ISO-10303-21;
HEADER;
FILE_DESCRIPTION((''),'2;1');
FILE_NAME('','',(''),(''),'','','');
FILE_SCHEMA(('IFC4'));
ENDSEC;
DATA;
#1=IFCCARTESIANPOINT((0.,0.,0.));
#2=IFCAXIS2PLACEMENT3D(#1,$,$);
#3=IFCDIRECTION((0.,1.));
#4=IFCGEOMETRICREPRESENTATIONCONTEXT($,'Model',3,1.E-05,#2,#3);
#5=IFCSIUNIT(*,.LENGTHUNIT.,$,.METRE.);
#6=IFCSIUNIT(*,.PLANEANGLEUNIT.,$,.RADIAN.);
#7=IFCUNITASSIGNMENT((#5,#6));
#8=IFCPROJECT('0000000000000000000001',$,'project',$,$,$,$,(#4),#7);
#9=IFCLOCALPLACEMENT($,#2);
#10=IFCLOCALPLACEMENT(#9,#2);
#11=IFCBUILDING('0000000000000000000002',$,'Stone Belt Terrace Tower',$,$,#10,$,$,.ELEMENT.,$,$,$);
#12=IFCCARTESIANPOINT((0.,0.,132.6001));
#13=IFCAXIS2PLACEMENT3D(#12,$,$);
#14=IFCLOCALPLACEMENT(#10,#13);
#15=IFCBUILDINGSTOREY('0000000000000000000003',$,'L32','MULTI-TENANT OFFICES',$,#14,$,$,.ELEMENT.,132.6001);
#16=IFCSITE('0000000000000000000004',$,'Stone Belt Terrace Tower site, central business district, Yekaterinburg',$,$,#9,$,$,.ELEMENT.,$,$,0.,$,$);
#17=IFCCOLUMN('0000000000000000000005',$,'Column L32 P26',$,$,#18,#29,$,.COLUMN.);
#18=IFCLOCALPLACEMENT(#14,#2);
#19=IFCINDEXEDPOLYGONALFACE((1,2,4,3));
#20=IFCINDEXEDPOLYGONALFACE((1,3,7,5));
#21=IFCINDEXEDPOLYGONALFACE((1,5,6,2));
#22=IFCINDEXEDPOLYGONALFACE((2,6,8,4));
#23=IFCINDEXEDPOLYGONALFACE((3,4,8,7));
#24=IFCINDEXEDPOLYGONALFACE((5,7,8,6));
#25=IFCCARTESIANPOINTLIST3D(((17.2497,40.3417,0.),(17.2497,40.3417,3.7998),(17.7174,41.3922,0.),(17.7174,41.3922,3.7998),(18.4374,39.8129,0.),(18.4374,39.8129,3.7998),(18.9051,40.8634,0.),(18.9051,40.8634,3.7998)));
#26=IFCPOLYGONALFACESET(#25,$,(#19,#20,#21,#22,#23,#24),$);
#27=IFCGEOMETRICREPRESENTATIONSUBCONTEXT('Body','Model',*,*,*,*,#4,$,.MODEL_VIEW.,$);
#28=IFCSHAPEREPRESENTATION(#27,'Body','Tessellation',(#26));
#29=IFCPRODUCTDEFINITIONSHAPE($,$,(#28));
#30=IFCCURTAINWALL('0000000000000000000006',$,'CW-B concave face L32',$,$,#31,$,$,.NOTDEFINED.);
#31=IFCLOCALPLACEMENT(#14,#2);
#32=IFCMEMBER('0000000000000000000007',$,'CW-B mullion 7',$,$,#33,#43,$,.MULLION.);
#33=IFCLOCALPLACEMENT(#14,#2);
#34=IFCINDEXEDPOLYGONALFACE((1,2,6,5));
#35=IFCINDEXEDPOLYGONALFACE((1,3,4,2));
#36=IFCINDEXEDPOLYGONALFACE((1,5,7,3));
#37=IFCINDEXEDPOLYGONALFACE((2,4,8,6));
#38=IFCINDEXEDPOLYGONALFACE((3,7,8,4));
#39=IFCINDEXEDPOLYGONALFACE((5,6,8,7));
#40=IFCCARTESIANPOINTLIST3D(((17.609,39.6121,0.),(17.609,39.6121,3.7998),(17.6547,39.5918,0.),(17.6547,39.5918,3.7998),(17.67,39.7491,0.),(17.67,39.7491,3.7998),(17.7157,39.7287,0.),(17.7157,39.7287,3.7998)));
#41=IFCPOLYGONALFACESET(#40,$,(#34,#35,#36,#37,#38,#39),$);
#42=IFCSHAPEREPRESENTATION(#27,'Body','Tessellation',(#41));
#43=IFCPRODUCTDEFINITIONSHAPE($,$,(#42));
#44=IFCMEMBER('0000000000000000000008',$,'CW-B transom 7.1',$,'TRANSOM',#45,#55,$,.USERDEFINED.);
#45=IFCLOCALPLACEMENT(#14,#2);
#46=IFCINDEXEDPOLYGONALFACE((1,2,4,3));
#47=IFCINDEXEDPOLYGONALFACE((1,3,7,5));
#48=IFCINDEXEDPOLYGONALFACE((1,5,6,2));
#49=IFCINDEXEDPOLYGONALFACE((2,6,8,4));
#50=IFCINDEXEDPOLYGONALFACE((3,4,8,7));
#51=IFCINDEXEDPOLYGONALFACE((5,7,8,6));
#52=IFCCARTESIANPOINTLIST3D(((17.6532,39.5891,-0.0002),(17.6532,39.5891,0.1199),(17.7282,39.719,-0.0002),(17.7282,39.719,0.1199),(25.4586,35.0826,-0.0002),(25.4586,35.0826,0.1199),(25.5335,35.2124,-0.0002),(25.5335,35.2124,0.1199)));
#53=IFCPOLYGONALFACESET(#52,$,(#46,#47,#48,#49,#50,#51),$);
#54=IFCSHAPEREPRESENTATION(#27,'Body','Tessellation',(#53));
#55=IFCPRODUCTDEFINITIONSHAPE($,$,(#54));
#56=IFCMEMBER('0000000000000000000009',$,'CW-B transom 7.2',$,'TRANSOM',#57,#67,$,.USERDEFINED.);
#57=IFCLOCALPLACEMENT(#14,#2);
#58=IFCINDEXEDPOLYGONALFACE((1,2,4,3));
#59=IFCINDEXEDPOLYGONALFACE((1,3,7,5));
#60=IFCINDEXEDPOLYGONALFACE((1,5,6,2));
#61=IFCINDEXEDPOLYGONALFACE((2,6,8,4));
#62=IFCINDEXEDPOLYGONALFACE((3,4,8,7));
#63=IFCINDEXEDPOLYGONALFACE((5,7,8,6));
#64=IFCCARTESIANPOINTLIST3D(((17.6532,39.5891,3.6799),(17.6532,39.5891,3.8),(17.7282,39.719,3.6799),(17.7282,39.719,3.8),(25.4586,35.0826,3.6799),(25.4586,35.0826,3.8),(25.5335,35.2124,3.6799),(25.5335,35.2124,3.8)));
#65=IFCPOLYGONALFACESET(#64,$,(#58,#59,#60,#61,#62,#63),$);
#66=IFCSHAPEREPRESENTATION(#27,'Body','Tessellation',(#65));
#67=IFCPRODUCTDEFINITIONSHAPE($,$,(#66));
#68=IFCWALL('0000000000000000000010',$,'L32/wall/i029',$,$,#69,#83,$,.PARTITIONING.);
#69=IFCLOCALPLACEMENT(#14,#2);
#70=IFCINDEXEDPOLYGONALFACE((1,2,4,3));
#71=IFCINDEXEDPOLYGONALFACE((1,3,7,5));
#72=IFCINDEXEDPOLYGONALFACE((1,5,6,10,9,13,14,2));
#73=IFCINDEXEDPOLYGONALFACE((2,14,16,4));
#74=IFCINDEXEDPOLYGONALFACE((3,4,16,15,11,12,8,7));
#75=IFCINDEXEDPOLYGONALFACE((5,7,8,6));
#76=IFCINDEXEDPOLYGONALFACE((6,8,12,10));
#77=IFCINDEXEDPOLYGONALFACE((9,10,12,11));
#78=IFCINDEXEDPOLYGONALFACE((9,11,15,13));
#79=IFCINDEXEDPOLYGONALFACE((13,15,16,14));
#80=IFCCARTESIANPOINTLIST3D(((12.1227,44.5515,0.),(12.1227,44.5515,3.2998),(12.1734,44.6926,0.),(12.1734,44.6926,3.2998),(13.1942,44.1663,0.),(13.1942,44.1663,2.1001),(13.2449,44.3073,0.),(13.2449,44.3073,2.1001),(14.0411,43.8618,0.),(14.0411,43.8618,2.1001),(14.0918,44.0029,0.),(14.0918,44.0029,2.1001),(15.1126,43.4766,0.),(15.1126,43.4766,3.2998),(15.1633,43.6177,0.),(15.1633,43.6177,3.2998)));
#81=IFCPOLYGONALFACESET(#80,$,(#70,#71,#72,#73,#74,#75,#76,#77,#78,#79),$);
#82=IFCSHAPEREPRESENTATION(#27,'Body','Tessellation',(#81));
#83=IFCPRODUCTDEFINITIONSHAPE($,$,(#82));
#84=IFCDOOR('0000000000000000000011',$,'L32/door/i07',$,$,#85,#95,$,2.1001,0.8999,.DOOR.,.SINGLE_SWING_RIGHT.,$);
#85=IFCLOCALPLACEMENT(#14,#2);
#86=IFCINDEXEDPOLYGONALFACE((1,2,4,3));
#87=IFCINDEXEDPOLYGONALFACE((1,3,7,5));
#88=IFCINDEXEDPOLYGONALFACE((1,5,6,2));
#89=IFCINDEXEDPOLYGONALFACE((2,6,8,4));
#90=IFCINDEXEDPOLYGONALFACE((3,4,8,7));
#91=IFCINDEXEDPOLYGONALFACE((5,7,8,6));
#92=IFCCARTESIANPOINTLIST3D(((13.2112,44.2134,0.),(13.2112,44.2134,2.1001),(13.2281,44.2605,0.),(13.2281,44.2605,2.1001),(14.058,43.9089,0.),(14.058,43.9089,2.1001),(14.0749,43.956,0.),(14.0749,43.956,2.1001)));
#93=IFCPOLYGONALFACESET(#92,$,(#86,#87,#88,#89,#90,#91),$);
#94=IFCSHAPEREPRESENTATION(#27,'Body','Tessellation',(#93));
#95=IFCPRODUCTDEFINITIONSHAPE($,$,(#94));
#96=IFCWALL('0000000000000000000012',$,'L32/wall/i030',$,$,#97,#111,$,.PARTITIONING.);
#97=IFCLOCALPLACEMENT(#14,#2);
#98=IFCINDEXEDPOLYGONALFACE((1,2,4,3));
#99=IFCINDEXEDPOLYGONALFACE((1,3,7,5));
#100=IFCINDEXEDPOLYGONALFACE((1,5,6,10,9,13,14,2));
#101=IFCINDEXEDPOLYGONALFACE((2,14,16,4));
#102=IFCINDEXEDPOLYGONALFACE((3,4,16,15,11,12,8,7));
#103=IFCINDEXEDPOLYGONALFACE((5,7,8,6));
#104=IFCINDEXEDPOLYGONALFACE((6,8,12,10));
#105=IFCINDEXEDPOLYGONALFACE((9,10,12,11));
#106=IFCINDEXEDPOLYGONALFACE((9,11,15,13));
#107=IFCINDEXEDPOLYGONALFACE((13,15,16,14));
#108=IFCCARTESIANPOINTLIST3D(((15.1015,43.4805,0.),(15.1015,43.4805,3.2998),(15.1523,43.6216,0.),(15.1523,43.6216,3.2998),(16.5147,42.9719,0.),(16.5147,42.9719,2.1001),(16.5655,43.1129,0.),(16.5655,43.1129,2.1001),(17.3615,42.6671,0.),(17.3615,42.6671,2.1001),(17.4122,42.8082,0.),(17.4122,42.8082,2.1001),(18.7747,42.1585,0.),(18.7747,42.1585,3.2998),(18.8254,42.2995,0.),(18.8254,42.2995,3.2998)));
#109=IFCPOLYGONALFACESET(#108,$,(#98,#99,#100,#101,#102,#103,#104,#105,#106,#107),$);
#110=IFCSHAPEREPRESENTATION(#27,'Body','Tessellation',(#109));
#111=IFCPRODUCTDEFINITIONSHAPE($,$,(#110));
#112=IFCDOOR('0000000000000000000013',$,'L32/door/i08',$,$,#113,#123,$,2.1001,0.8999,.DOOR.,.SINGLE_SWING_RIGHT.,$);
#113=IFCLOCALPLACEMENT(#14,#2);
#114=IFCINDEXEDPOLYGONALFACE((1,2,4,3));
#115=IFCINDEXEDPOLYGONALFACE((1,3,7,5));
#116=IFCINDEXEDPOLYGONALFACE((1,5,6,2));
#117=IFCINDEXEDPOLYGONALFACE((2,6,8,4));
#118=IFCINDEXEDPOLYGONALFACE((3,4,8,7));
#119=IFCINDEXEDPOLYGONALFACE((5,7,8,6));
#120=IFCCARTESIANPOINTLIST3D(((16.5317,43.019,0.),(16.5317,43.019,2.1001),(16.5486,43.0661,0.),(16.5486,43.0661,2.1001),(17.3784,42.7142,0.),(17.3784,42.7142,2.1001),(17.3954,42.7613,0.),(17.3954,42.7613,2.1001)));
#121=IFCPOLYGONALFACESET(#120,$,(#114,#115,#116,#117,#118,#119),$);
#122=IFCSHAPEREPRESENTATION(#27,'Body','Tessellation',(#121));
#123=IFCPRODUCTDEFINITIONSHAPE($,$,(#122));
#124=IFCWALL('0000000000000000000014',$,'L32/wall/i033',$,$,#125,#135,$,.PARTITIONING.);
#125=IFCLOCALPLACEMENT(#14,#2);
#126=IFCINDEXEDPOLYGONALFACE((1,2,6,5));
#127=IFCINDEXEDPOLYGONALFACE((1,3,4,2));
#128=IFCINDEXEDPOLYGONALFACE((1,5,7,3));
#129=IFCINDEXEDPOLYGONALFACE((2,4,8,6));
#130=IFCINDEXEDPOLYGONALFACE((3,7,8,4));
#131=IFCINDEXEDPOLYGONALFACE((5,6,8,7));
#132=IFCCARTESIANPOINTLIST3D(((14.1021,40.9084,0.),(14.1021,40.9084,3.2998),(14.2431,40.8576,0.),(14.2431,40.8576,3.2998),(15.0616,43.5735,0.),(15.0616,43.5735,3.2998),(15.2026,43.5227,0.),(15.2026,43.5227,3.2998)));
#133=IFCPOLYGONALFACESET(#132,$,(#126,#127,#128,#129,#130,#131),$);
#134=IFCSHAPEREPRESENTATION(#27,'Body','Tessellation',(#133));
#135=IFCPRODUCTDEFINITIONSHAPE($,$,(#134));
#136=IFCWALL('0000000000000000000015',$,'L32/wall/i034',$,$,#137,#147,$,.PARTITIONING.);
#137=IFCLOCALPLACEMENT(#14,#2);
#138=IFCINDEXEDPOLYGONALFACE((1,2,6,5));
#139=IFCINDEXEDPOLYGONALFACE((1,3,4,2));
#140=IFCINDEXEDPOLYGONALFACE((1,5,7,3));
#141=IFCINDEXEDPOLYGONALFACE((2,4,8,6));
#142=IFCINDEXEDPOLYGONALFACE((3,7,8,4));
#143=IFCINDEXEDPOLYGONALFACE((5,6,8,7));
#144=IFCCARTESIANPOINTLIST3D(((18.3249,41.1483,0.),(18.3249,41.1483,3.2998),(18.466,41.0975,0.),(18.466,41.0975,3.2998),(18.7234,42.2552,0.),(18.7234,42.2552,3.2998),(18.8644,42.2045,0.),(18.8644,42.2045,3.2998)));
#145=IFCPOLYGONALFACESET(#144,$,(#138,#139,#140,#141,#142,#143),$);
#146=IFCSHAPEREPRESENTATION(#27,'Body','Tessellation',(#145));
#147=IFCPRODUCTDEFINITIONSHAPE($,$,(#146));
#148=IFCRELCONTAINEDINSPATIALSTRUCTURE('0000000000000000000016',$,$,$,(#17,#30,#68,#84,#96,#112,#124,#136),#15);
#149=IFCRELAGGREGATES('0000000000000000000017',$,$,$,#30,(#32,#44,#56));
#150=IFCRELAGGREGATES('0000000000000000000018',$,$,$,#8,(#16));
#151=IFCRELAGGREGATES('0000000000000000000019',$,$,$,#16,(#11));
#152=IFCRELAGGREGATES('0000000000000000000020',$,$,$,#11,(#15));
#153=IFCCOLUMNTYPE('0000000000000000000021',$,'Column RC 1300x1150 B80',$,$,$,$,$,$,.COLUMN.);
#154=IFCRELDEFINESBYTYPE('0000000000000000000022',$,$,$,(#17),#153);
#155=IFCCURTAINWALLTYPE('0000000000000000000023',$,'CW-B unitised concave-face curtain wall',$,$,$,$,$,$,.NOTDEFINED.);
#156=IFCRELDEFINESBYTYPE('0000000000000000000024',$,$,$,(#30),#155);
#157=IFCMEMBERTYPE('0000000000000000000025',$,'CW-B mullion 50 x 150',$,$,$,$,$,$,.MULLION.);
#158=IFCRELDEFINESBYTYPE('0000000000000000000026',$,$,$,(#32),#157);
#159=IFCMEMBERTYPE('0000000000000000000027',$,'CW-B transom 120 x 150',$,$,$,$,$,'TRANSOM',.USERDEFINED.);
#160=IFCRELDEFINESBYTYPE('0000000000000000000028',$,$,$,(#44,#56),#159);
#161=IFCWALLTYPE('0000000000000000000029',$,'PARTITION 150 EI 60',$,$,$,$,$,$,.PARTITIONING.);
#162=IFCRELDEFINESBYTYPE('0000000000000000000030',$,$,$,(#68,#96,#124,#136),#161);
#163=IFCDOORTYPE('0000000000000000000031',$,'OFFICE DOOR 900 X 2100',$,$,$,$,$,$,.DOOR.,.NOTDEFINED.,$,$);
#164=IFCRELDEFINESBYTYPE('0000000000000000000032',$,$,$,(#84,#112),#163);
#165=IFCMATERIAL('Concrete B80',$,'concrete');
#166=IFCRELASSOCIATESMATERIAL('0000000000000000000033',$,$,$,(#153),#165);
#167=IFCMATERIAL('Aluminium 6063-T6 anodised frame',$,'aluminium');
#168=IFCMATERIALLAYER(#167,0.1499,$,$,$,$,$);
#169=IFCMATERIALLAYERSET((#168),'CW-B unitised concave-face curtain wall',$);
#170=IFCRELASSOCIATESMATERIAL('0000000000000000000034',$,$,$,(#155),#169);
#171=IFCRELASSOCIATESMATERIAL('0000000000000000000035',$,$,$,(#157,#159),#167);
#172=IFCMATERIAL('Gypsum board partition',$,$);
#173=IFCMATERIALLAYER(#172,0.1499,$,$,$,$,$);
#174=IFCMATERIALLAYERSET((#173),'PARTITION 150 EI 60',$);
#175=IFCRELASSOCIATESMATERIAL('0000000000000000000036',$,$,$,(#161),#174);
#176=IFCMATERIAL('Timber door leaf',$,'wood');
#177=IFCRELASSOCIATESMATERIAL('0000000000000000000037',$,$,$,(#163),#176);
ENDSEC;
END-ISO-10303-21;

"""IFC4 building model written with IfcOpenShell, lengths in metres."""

from ifc_helpers import new_model, si_unit, direction, frame, frame_2d, origin, origin_2d, place, context, subcontext, project, spatial, rectangle, extrude, material, layer, layer_set, material_profile, profile_set, type_object, element, fill, aggregate, save


model = new_model("IFC4")

# Units and contexts
model_context = context("Model", 3, precision=1e-05, world=origin(), true_north=direction((0.0, 1.0)))
body_context = subcontext(model_context, "Body", "Model", "MODEL_VIEW")
ifc_project = project(units=[si_unit("LENGTHUNIT", "METRE"), si_unit("PLANEANGLEUNIT", "RADIAN")], contexts=[model_context])

# Site, building, storey
site_placement = place(None, origin())
site = spatial("IfcSite", under=ifc_project, at=site_placement, Name="Stone Belt Terrace Tower site, central business district, Yekaterinburg", CompositionType="ELEMENT", RefElevation=0.0)
building_placement = place(site_placement, origin())
building = spatial("IfcBuilding", under=site, at=building_placement, Name="Stone Belt Terrace Tower", CompositionType="ELEMENT")
storey_placement = place(building_placement, frame((0.0, 0.0, 132.6001)))
storey = spatial("IfcBuildingStorey", under=building, at=storey_placement, Name="L32", Description="MULTI-TENANT OFFICES", CompositionType="ELEMENT", Elevation=132.6001)

# Column
ifc_material_1 = material(Name="Concrete B80", Category="concrete")
ifc_material_profile_1 = material_profile(ifc_material_1, rectangle(XDim=1.3, YDim=1.1499, at=origin_2d()), Name="RC 1300x1150")
ifc_profile_set_1 = profile_set([ifc_material_profile_1], Name="Concrete B80")
column_type = type_object("IfcColumnType", Name="Column RC 1300x1150 B80", PredefinedType="COLUMN", material=ifc_profile_set_1)
column_placement = place(storey_placement, frame((18.0774, 40.6025, 0.0), z_axis=(0.0, 0.0, 1.0), x_axis=(0.913545, -0.406737, 0.0)))
element("IfcColumn", 1, at=column_placement, inside=storey, type_object=column_type, Name="Column L32 P26", PredefinedType="COLUMN", context=body_context, shape_type="SweptSolid", body=[
    extrude(rectangle(XDim=1.3, YDim=1.1499, at=origin_2d()), origin(), (0.0, 0.0, 1.0), 3.7998),
])

# Curtain wall, members
ifc_material_2 = material(Name="Aluminium 6063-T6 anodised frame", Category="aluminium")
ifc_layer_1 = layer(ifc_material_2, 0.1499)
ifc_layer_set_1 = layer_set([ifc_layer_1], Name="CW-B unitised concave-face curtain wall")
curtain_wall_type = type_object("IfcCurtainWallType", Name="CW-B unitised concave-face curtain wall", PredefinedType="NOTDEFINED", material=ifc_layer_set_1)
curtain_wall_placement = place(storey_placement, origin())
curtain_wall = element("IfcCurtainWall", 2, at=curtain_wall_placement, inside=storey, type_object=curtain_wall_type, Name="CW-B concave face L32", PredefinedType="NOTDEFINED")
ifc_material_profile_2 = material_profile(ifc_material_2, rectangle(XDim=0.1499, YDim=0.05, at=origin_2d()), Name="Aluminium 6063-T6 50x150")
ifc_profile_set_2 = profile_set([ifc_material_profile_2], Name="Aluminium 6063-T6 anodised frame")
member_type_1 = type_object("IfcMemberType", Name="CW-B mullion 50 x 150", PredefinedType="MULLION", material=ifc_profile_set_2)
member_1_placement = place(storey_placement, frame((17.6624, 39.6704, 0.0), z_axis=(0.0, 0.0, 1.0), x_axis=(0.406737, 0.913545, 0.0)))
member_1 = element("IfcMember", 3, at=member_1_placement, type_object=member_type_1, Name="CW-B mullion 7", PredefinedType="MULLION", context=body_context, shape_type="SweptSolid", body=[
    extrude(rectangle(XDim=0.1499, YDim=0.05, at=origin_2d()), origin(), (0.0, 0.0, 1.0), 3.7998),
])
ifc_material_profile_3 = material_profile(ifc_material_2, rectangle(XDim=0.1499, YDim=0.1201, at=origin_2d()), Name="Aluminium 6063-T6 150x120")
ifc_profile_set_3 = profile_set([ifc_material_profile_3], Name="Aluminium 6063-T6 anodised frame")
member_type_2 = type_object("IfcMemberType", Name="CW-B transom 120 x 150", ElementType="TRANSOM", PredefinedType="USERDEFINED", material=ifc_profile_set_3)
member_2_placement = place(storey_placement, frame((17.6907, 39.6541, 0.0598), z_axis=(0.866019, -0.500011, 0.0), x_axis=(0.500011, 0.866019, 0.0)))
member_2 = element("IfcMember", 4, at=member_2_placement, type_object=member_type_2, Name="CW-B transom 7.1", ObjectType="TRANSOM", PredefinedType="USERDEFINED", context=body_context, shape_type="SweptSolid", body=[
    extrude(rectangle(XDim=0.1499, YDim=0.1201, at=origin_2d()), origin(), (0.0, 0.0, 1.0), 9.0129),
])
member_3_placement = place(storey_placement, frame((17.6907, 39.6541, 3.74), z_axis=(0.866019, -0.500011, 0.0), x_axis=(0.500011, 0.866019, 0.0)))
member_3 = element("IfcMember", 5, at=member_3_placement, type_object=member_type_2, Name="CW-B transom 7.2", ObjectType="TRANSOM", PredefinedType="USERDEFINED", context=body_context, shape_type="SweptSolid", body=[
    extrude(rectangle(XDim=0.1499, YDim=0.1201, at=origin_2d()), origin(), (0.0, 0.0, 1.0), 9.0129),
])
aggregate(curtain_wall, [member_1, member_2, member_3])

# Walls, openings, doors
ifc_material_3 = material(Name="Gypsum board partition")
ifc_layer_2 = layer(ifc_material_3, 0.1499)
ifc_layer_set_2 = layer_set([ifc_layer_2], Name="PARTITION 150 EI 60")
wall_type_1 = type_object("IfcWallType", Name="PARTITION 150 EI 60", PredefinedType="PARTITIONING", material=ifc_layer_set_2)
wall_1_placement = place(storey_placement, frame((15.1379, 43.5471, 0.0), z_axis=(0.0, 0.0, 1.0), x_axis=(-0.941032, 0.338317, 0.0)))
wall_1 = element("IfcWall", 6, at=wall_1_placement, inside=storey, type_object=wall_type_1, Name="L32/wall/i029", PredefinedType="PARTITIONING", context=body_context, shape_type="SweptSolid", body=[
    extrude(rectangle(XDim=3.1772, YDim=0.1499, at=frame_2d((1.5886, 0.0))), origin(), (0.0, 0.0, 1.0), 3.2998),
])
opening_1_placement = place(wall_1_placement, frame((1.1387, 0.0, 0.0)))
opening_1 = element("IfcOpeningElement", 7, at=opening_1_placement, cuts=wall_1, PredefinedType="OPENING", context=body_context, shape_type="SweptSolid", body=[
    extrude(rectangle(XDim=0.8999, YDim=2.1001, at=frame_2d((0.45, 1.05))), frame((0.0, 0.085, 0.0), z_axis=(0.0, -1.0, 0.0), x_axis=(1.0, 0.0, 0.0)), (0.0, 0.0, 1.0), 0.1699),
])
ifc_material_4 = material(Name="Timber door leaf", Category="wood")
door_type_1 = type_object("IfcDoorType", Name="OFFICE DOOR 900 X 2100", OperationType="NOTDEFINED", PredefinedType="DOOR", material=ifc_material_4)
door_1_placement = place(opening_1_placement, origin())
door_1 = element("IfcDoor", 8, at=door_1_placement, inside=storey, type_object=door_type_1, Name="L32/door/i07", OperationType="SINGLE_SWING_RIGHT", OverallHeight=2.1001, OverallWidth=0.8999, PredefinedType="DOOR", context=body_context, shape_type="SweptSolid", body=[
    extrude(rectangle(XDim=0.8999, YDim=2.1001, at=frame_2d((0.45, 1.05))), frame((0.0, 0.0249, 0.0), z_axis=(0.0, -1.0, 0.0), x_axis=(1.0, 0.0, 0.0)), (0.0, 0.0, 1.0), 0.05),
])
fill(opening_1, door_1)
wall_2_placement = place(storey_placement, frame((18.8, 42.229, 0.0), z_axis=(0.0, 0.0, 1.0), x_axis=(-0.940911, 0.338653, 0.0)))
wall_2 = element("IfcWall", 9, at=wall_2_placement, inside=storey, type_object=wall_type_1, Name="L32/wall/i030", PredefinedType="PARTITIONING", context=body_context, shape_type="SweptSolid", body=[
    extrude(rectangle(XDim=3.9038, YDim=0.1499, at=frame_2d((1.9519, 0.0))), origin(), (0.0, 0.0, 1.0), 3.2998),
])
opening_2_placement = place(wall_2_placement, frame((1.502, 0.0, 0.0)))
opening_2 = element("IfcOpeningElement", 10, at=opening_2_placement, cuts=wall_2, PredefinedType="OPENING", context=body_context, shape_type="SweptSolid", body=[
    extrude(rectangle(XDim=0.8999, YDim=2.1001, at=frame_2d((0.45, 1.05))), frame((0.0, 0.085, 0.0), z_axis=(0.0, -1.0, 0.0), x_axis=(1.0, 0.0, 0.0)), (0.0, 0.0, 1.0), 0.1699),
])
door_2_placement = place(opening_2_placement, origin())
door_2 = element("IfcDoor", 11, at=door_2_placement, inside=storey, type_object=door_type_1, Name="L32/door/i08", OperationType="SINGLE_SWING_RIGHT", OverallHeight=2.1001, OverallWidth=0.8999, PredefinedType="DOOR", context=body_context, shape_type="SweptSolid", body=[
    extrude(rectangle(XDim=0.8999, YDim=2.1001, at=frame_2d((0.45, 1.05))), frame((0.0, 0.0249, 0.0), z_axis=(0.0, -1.0, 0.0), x_axis=(1.0, 0.0, 0.0)), (0.0, 0.0, 1.0), 0.05),
])
fill(opening_2, door_2)

# Walls
wall_3_placement = place(storey_placement, frame((15.1321, 43.5481, 0.0), z_axis=(0.0, 0.0, 1.0), x_axis=(-0.338738, -0.940881, 0.0)))
element("IfcWall", 12, at=wall_3_placement, inside=storey, type_object=wall_type_1, Name="L32/wall/i033", PredefinedType="PARTITIONING", context=body_context, shape_type="SweptSolid", body=[
    extrude(rectangle(XDim=2.8325, YDim=0.1499, at=frame_2d((1.4163, 0.0))), origin(), (0.0, 0.0, 1.0), 3.2998),
])
wall_4_placement = place(storey_placement, frame((18.7939, 42.23, 0.0), z_axis=(0.0, 0.0, 1.0), x_axis=(-0.338675, -0.940903, 0.0)))
element("IfcWall", 13, at=wall_4_placement, inside=storey, type_object=wall_type_1, Name="L32/wall/i034", PredefinedType="PARTITIONING", context=body_context, shape_type="SweptSolid", body=[
    extrude(rectangle(XDim=1.1765, YDim=0.1499, at=frame_2d((0.5884, 0.0))), origin(), (0.0, 0.0, 1.0), 3.2998),
])

save(model, "model.ifc")
